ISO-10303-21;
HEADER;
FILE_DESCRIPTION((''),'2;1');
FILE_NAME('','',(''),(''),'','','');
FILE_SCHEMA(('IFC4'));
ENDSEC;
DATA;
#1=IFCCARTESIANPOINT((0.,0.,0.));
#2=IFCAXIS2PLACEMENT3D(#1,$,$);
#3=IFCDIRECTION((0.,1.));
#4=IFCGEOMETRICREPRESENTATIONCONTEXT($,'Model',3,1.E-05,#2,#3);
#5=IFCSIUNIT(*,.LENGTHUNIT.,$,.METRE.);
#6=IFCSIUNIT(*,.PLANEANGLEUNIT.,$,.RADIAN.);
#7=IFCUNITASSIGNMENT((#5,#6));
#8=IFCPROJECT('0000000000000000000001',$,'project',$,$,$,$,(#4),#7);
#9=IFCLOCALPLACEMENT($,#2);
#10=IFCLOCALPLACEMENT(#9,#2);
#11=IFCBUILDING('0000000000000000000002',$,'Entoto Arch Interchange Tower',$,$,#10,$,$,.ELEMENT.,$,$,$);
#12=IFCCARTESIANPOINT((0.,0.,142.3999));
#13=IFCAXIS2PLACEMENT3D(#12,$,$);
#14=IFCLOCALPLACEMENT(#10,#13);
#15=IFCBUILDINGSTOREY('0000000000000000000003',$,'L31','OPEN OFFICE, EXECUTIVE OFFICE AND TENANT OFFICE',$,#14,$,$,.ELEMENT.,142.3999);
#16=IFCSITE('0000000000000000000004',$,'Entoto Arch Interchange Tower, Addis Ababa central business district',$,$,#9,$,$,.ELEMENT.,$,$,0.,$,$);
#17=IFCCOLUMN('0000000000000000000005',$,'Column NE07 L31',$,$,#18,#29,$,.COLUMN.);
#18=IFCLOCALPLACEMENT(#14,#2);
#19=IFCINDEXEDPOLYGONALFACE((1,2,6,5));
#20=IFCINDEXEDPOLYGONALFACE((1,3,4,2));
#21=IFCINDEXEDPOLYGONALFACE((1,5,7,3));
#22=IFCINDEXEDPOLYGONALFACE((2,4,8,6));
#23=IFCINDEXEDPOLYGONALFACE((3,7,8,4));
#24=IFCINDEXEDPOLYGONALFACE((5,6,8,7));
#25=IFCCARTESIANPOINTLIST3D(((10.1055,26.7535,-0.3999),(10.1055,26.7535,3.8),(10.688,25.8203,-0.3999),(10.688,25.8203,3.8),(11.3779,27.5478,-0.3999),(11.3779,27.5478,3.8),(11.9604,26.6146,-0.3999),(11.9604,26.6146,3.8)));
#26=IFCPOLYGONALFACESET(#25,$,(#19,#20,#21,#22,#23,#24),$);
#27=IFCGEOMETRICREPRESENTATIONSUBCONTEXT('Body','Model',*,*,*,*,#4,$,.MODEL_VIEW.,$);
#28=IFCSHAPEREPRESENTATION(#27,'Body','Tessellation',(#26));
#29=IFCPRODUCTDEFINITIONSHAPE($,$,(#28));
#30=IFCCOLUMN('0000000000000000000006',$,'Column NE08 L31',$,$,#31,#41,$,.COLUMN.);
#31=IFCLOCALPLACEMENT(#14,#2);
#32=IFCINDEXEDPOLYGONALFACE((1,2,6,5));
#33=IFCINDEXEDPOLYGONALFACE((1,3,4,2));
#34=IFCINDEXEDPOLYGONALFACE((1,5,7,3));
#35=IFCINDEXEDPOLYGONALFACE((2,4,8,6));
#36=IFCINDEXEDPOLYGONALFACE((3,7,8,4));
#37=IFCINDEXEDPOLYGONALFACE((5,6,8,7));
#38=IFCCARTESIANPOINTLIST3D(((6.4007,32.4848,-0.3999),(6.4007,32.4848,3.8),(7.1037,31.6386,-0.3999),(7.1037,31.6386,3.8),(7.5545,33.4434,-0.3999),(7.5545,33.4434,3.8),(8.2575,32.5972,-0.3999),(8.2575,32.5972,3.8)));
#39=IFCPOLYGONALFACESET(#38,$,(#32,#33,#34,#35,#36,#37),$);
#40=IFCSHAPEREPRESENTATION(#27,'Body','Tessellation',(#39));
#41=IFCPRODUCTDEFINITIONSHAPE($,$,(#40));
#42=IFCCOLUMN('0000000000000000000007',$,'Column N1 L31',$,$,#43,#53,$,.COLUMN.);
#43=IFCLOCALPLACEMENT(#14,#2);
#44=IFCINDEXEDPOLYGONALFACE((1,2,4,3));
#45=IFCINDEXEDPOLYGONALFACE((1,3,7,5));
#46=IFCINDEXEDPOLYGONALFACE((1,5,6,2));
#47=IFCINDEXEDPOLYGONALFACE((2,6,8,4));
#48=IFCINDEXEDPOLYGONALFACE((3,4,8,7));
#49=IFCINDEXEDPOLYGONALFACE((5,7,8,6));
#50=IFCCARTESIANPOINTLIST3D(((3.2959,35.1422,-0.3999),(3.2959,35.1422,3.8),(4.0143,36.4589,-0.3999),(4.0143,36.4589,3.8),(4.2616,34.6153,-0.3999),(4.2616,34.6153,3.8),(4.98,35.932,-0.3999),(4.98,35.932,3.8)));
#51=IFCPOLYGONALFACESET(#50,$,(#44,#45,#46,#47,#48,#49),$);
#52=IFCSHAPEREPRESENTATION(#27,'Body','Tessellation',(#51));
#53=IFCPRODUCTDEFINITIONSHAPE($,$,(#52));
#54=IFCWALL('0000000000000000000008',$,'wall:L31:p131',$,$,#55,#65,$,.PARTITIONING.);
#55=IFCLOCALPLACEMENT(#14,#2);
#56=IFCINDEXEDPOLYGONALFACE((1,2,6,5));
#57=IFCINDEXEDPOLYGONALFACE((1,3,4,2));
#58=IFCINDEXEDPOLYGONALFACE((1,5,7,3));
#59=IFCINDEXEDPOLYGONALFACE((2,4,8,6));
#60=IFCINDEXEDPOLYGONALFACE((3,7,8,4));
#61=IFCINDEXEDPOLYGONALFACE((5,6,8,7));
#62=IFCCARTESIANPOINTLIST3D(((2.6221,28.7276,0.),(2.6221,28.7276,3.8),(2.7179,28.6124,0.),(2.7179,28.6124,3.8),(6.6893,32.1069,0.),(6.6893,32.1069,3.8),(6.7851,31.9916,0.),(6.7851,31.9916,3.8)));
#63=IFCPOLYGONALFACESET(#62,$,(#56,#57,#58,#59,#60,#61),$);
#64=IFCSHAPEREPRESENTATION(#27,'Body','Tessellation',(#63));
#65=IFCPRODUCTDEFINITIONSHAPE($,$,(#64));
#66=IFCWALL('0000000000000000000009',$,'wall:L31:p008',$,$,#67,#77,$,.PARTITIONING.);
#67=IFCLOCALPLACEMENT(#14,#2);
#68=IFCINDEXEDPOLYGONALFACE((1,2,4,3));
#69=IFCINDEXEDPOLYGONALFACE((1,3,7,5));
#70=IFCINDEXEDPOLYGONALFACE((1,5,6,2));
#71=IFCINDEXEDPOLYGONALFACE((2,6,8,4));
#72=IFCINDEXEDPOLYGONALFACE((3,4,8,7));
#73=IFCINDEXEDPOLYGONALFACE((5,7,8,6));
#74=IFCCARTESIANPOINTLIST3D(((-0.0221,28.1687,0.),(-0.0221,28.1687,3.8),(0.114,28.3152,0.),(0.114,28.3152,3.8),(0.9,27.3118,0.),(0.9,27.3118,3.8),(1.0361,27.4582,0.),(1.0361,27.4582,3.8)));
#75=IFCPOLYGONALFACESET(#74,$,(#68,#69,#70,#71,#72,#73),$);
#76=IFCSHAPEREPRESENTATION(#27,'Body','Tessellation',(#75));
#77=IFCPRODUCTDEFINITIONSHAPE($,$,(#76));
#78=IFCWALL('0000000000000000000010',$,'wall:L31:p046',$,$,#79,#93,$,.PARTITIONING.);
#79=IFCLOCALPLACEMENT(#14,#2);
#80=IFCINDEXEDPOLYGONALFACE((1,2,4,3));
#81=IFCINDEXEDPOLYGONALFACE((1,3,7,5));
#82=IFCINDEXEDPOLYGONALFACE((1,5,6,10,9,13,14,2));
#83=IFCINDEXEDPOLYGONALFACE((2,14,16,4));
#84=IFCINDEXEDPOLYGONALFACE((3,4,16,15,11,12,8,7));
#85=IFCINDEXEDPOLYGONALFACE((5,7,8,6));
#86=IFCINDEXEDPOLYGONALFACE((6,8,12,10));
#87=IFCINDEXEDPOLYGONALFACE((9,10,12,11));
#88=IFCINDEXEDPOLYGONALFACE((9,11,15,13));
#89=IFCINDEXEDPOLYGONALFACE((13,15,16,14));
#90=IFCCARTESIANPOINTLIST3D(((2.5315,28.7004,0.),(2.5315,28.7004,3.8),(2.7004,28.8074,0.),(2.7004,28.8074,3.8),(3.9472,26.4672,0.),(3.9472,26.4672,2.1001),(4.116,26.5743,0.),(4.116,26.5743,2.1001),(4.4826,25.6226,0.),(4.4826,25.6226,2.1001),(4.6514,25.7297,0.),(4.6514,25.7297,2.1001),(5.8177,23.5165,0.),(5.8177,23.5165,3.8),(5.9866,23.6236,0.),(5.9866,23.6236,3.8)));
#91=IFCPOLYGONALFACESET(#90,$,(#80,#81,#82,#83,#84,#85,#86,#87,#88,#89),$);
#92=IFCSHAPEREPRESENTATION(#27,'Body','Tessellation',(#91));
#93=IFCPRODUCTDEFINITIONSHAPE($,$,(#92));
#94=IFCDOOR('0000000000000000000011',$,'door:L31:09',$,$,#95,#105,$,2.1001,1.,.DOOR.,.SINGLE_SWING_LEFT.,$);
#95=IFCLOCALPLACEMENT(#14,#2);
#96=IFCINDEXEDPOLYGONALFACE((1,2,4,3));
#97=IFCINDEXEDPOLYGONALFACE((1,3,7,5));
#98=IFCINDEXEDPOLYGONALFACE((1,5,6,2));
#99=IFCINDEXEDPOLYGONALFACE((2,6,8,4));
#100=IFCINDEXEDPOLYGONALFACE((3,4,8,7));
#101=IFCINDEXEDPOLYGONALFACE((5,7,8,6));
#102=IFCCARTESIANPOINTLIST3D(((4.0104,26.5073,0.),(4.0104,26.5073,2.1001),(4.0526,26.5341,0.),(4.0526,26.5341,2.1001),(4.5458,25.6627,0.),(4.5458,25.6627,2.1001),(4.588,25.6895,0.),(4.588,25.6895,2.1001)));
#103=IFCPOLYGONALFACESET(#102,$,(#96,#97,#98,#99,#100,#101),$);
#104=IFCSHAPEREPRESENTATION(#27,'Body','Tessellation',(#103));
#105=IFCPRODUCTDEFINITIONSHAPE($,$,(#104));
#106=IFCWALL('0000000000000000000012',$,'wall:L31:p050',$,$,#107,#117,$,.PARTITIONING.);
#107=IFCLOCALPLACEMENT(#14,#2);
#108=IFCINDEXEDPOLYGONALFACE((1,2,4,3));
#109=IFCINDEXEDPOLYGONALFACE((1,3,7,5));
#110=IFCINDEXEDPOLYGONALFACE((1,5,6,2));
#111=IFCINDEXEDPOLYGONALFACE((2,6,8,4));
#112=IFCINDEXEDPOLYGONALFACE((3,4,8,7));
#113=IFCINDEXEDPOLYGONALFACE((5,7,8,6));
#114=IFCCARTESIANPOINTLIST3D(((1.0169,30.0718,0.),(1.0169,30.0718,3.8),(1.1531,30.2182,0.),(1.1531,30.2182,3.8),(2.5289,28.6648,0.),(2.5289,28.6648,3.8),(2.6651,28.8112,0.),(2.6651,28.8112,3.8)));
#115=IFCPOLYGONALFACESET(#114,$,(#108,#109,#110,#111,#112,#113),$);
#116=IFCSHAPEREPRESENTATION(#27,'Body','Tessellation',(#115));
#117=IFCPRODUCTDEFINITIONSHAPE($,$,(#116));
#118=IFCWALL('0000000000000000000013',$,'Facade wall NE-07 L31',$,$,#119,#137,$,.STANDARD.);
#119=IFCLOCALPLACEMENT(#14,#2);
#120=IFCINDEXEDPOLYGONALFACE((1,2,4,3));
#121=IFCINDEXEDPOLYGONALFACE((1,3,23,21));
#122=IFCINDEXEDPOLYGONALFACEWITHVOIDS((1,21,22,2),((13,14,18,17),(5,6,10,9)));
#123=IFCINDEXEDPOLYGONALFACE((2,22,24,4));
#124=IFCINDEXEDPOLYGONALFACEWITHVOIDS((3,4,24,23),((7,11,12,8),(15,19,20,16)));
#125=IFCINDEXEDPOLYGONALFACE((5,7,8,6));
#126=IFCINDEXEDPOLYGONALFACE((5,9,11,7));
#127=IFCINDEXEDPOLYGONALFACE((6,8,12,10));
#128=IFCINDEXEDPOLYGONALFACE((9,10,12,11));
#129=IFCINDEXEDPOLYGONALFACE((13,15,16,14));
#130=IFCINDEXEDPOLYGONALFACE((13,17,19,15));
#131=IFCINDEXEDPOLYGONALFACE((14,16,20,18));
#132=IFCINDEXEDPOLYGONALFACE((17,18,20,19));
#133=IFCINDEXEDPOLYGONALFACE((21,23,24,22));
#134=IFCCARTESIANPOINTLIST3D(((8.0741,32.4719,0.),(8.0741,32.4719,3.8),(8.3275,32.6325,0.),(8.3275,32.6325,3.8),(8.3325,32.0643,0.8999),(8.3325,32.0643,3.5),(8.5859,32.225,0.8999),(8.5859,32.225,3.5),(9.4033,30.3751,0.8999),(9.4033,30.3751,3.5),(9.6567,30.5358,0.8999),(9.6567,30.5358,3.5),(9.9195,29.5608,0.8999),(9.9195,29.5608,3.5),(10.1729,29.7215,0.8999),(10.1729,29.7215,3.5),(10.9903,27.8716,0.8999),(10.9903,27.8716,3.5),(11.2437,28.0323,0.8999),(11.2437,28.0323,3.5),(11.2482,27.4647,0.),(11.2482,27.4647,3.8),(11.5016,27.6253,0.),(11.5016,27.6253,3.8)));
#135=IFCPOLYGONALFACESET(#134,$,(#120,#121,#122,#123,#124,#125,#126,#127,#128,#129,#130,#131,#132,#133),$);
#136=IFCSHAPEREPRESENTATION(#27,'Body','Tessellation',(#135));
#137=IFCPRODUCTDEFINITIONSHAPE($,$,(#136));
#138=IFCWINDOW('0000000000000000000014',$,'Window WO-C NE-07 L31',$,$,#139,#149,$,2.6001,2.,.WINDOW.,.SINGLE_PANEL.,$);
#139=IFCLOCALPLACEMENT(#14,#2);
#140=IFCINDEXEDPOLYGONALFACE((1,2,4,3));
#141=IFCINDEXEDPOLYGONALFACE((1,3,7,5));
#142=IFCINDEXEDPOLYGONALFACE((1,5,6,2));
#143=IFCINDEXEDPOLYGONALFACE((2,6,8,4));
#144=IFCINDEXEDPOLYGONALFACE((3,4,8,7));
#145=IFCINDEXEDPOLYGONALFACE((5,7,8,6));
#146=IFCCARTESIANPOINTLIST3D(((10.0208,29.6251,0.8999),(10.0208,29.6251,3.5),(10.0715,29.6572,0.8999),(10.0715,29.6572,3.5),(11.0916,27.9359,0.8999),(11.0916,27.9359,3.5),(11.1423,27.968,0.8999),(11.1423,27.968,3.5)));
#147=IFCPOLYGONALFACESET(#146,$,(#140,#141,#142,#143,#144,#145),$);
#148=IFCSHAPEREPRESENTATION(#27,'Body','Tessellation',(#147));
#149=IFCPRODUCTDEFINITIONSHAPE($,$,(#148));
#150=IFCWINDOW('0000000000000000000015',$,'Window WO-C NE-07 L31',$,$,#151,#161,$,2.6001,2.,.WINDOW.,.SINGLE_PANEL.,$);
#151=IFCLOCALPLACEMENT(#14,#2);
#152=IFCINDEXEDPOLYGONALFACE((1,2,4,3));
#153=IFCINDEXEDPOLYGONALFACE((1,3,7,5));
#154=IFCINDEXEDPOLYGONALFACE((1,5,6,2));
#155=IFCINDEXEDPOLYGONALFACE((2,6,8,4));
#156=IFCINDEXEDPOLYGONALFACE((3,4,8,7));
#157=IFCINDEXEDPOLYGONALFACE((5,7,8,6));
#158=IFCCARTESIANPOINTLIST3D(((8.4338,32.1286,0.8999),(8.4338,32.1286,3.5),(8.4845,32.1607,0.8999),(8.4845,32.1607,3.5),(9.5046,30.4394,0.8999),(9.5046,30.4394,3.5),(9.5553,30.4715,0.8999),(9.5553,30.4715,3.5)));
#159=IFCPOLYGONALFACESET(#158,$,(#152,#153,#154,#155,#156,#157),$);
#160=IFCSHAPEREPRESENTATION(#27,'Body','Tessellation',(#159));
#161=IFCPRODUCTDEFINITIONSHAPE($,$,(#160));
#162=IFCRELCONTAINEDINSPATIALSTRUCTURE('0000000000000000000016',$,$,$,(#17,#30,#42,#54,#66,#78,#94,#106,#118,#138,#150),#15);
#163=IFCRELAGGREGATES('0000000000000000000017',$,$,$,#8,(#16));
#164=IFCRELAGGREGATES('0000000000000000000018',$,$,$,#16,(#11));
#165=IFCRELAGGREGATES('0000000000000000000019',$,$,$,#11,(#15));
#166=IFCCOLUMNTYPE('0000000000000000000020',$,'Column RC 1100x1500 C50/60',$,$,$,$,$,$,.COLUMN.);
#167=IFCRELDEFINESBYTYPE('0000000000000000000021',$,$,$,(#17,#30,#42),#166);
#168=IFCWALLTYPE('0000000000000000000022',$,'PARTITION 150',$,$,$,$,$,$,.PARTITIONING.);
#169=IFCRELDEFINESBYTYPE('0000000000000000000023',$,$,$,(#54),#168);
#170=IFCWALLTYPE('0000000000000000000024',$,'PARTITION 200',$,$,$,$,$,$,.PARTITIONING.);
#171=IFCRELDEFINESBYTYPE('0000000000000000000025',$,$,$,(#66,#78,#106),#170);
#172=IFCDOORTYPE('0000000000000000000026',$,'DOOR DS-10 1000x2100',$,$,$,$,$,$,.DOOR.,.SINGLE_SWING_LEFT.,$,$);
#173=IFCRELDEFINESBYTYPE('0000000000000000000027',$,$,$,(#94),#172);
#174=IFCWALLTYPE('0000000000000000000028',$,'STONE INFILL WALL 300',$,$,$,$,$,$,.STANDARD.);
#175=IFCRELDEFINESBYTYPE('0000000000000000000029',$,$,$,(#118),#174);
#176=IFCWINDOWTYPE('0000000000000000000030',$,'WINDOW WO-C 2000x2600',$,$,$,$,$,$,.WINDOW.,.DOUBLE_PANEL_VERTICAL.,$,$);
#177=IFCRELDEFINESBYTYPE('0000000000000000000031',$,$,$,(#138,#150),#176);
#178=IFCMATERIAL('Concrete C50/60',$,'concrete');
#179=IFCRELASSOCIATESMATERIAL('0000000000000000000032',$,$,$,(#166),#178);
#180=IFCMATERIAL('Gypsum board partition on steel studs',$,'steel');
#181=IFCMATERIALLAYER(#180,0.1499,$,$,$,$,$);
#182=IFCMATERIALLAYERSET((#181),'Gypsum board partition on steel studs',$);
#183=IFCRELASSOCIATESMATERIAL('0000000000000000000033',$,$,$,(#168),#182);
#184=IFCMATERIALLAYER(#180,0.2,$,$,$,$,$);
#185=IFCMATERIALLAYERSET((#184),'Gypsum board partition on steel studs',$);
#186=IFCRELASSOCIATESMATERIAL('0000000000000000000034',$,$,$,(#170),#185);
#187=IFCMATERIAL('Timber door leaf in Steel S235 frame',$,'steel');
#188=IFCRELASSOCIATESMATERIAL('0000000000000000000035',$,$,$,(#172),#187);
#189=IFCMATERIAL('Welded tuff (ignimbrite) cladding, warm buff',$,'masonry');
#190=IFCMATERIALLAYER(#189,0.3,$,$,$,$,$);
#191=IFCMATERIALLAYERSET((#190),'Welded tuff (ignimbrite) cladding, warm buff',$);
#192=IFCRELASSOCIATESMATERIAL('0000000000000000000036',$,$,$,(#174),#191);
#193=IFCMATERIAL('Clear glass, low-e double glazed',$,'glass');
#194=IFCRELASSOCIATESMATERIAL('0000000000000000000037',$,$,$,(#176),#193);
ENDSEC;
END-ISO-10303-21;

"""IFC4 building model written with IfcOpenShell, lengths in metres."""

from ifc_helpers import new_model, si_unit, direction, frame, frame_2d, origin, origin_2d, place, context, subcontext, project, spatial, rectangle, extrude, material, layer, layer_set, material_profile, profile_set, type_object, element, fill, save


model = new_model("IFC4")

# Units and contexts
model_context = context("Model", 3, precision=1e-05, world=origin(), true_north=direction((0.0, 1.0)))
body_context = subcontext(model_context, "Body", "Model", "MODEL_VIEW")
ifc_project = project(units=[si_unit("LENGTHUNIT", "METRE"), si_unit("PLANEANGLEUNIT", "RADIAN")], contexts=[model_context])

# Site, building, storey
site_placement = place(None, origin())
site = spatial("IfcSite", under=ifc_project, at=site_placement, Name="Entoto Arch Interchange Tower, Addis Ababa central business district", CompositionType="ELEMENT", RefElevation=0.0)
building_placement = place(site_placement, origin())
building = spatial("IfcBuilding", under=site, at=building_placement, Name="Entoto Arch Interchange Tower", CompositionType="ELEMENT")
storey_placement = place(building_placement, frame((0.0, 0.0, 142.3999)))
storey = spatial("IfcBuildingStorey", under=building, at=storey_placement, Name="L31", Description="OPEN OFFICE, EXECUTIVE OFFICE AND TENANT OFFICE", CompositionType="ELEMENT", Elevation=142.3999)

# Columns
ifc_material_1 = material(Name="Concrete C50/60", Category="concrete")
ifc_material_profile = material_profile(ifc_material_1, rectangle(XDim=1.1001, YDim=1.5, at=origin_2d()))
ifc_profile_set = profile_set([ifc_material_profile], Name="Concrete C50/60")
column_type = type_object("IfcColumnType", Name="Column RC 1100x1500 C50/60", PredefinedType="COLUMN", material=ifc_profile_set)
for number, where, z_axis, x_axis, name in (
    (1, (11.033, 26.6841, -0.3999), (0.0, 0.0, 1.0), (-0.529549, 0.848279, 0.0), "Column NE07 L31"),
    (2, (7.3291, 32.541, -0.3999), (0.0, 0.0, 1.0), (-0.63905, 0.769165, 0.0), "Column NE08 L31"),
    (3, (4.1379, 35.5371, -0.3999), (0.0, 0.0, 1.0), (-0.877833, 0.478968, 0.0), "Column N1 L31"),
):
    element("IfcColumn", number, at=place(storey_placement, frame(where, z_axis=z_axis, x_axis=x_axis)), inside=storey, type_object=column_type, Name=name, PredefinedType="COLUMN", context=body_context, shape_type="SweptSolid", body=[
        extrude(rectangle(XDim=1.1001, YDim=1.5, at=origin_2d()), origin(), (0.0, 0.0, 1.0), 4.2),
    ])

# Walls
ifc_material_2 = material(Name="Gypsum board partition on steel studs", Category="steel")
ifc_layer_1 = layer(ifc_material_2, 0.1499)
ifc_layer_set_1 = layer_set([ifc_layer_1], Name="Gypsum board partition on steel studs")
wall_type_1 = type_object("IfcWallType", Name="PARTITION 150", PredefinedType="PARTITIONING", material=ifc_layer_set_1)
wall_1_placement = place(storey_placement, frame((2.6699, 28.6699, 0.0), z_axis=(0.0, 0.0, 1.0), x_axis=(0.769163, 0.639053, 0.0)))
element("IfcWall", 4, at=wall_1_placement, inside=storey, type_object=wall_type_1, Name="wall:L31:p131", PredefinedType="PARTITIONING", context=body_context, shape_type="SweptSolid", body=[
    extrude(rectangle(XDim=5.2878, YDim=0.1499, at=frame_2d((2.644, 0.0))), origin(), (0.0, 0.0, 1.0), 3.8),
])
ifc_layer_2 = layer(ifc_material_2, 0.2)
ifc_layer_set_2 = layer_set([ifc_layer_2], Name="Gypsum board partition on steel studs")
wall_type_2 = type_object("IfcWallType", Name="PARTITION 200", PredefinedType="PARTITIONING", material=ifc_layer_set_2)
wall_2_placement = place(storey_placement, frame((0.968, 27.385, 0.0), z_axis=(0.0, 0.0, 1.0), x_axis=(-0.732524, 0.680741, 0.0)))
element("IfcWall", 5, at=wall_2_placement, inside=storey, type_object=wall_type_2, Name="wall:L31:p008", PredefinedType="PARTITIONING", context=body_context, shape_type="SweptSolid", body=[
    extrude(rectangle(XDim=1.2588, YDim=0.2, at=frame_2d((0.6294, 0.0))), origin(), (0.0, 0.0, 1.0), 3.8),
])

# Wall, opening, door
wall_3_placement = place(storey_placement, frame((2.616, 28.7539, 0.0), z_axis=(0.0, 0.0, 1.0), x_axis=(0.535405, -0.844595, 0.0)))
wall_3 = element("IfcWall", 6, at=wall_3_placement, inside=storey, type_object=wall_type_2, Name="wall:L31:p046", PredefinedType="PARTITIONING", context=body_context, shape_type="SweptSolid", body=[
    extrude(rectangle(XDim=6.1377, YDim=0.2, at=frame_2d((3.0688, 0.0))), origin(), (0.0, 0.0, 1.0), 3.8),
])
opening_1_placement = place(wall_3_placement, frame((2.644, 0.0, 0.0)))
opening_1 = element("IfcOpeningElement", 7, at=opening_1_placement, cuts=wall_3, PredefinedType="OPENING", context=body_context, shape_type="SweptSolid", body=[
    extrude(rectangle(XDim=1.0, YDim=2.1001, at=frame_2d((0.5, 1.05))), frame((0.0, 0.1099, 0.0), z_axis=(0.0, -1.0, 0.0), x_axis=(1.0, 0.0, 0.0)), (0.0, 0.0, 1.0), 0.22),
])
ifc_material_3 = material(Name="Timber door leaf in Steel S235 frame", Category="steel")
door_type = type_object("IfcDoorType", Name="DOOR DS-10 1000x2100", OperationType="SINGLE_SWING_LEFT", PredefinedType="DOOR", material=ifc_material_3)
door_placement = place(opening_1_placement, origin())
door = element("IfcDoor", 8, at=door_placement, inside=storey, type_object=door_type, Name="door:L31:09", OperationType="SINGLE_SWING_LEFT", OverallHeight=2.1001, OverallWidth=1.0, PredefinedType="DOOR", context=body_context, shape_type="SweptSolid", body=[
    extrude(rectangle(XDim=1.0, YDim=2.1001, at=frame_2d((0.5, 1.05))), frame((0.0, 0.0249, 0.0), z_axis=(0.0, -1.0, 0.0), x_axis=(1.0, 0.0, 0.0)), (0.0, 0.0, 1.0), 0.05),
])
fill(opening_1, door)

# Wall
wall_4_placement = place(storey_placement, frame((1.085, 30.145, 0.0), z_axis=(0.0, 0.0, 1.0), x_axis=(0.732065, -0.681235, 0.0)))
element("IfcWall", 9, at=wall_4_placement, inside=storey, type_object=wall_type_2, Name="wall:L31:p050", PredefinedType="PARTITIONING", context=body_context, shape_type="SweptSolid", body=[
    extrude(rectangle(XDim=2.0654, YDim=0.2, at=frame_2d((1.0327, 0.0))), origin(), (0.0, 0.0, 1.0), 3.8),
])

# Wall, openings, windows
ifc_material_4 = material(Name="Welded tuff (ignimbrite) cladding, warm buff", Category="masonry")
ifc_layer_3 = layer(ifc_material_4, 0.3)
ifc_layer_set_3 = layer_set([ifc_layer_3], Name="Welded tuff (ignimbrite) cladding, warm buff")
wall_type_3 = type_object("IfcWallType", Name="STONE INFILL WALL 300", PredefinedType="STANDARD", material=ifc_layer_set_3)
wall_5_placement = place(storey_placement, frame((11.375, 27.5449, 0.0), z_axis=(0.0, 0.0, 1.0), x_axis=(-0.535404, 0.844596, 0.0)))
wall_5 = element("IfcWall", 10, at=wall_5_placement, inside=storey, type_object=wall_type_3, Name="Facade wall NE-07 L31", PredefinedType="STANDARD", context=body_context, shape_type="SweptSolid", body=[
    extrude(rectangle(XDim=5.9285, YDim=0.3, at=frame_2d((2.9644, 0.0))), origin(), (0.0, 0.0, 1.0), 3.8),
])
opening_2_placement = place(wall_5_placement, frame((0.4819, 0.0, 0.8999)))
opening_2 = element("IfcOpeningElement", 11, at=opening_2_placement, cuts=wall_5, PredefinedType="OPENING", context=body_context, shape_type="SweptSolid", body=[
    extrude(rectangle(XDim=2.0, YDim=2.6001, at=frame_2d((1.0, 1.3))), frame((0.0, 0.1602, 0.0), z_axis=(0.0, -1.0, 0.0), x_axis=(1.0, 0.0, 0.0)), (0.0, 0.0, 1.0), 0.3201),
])
opening_3_placement = place(wall_5_placement, frame((3.446, 0.0, 0.8999)))
opening_3 = element("IfcOpeningElement", 12, at=opening_3_placement, cuts=wall_5, PredefinedType="OPENING", context=body_context, shape_type="SweptSolid", body=[
    extrude(rectangle(XDim=2.0, YDim=2.6001, at=frame_2d((1.0, 1.3))), frame((0.0, 0.1602, 0.0), z_axis=(0.0, -1.0, 0.0), x_axis=(1.0, 0.0, 0.0)), (0.0, 0.0, 1.0), 0.3201),
])
ifc_material_5 = material(Name="Clear glass, low-e double glazed", Category="glass")
window_type_1 = type_object("IfcWindowType", Name="WINDOW WO-C 2000x2600", PartitioningType="DOUBLE_PANEL_VERTICAL", PredefinedType="WINDOW", material=ifc_material_5)
window_1_placement = place(opening_2_placement, origin())
window_1 = element("IfcWindow", 13, at=window_1_placement, inside=storey, type_object=window_type_1, Name="Window WO-C NE-07 L31", OverallHeight=2.6001, OverallWidth=2.0, PartitioningType="SINGLE_PANEL", PredefinedType="WINDOW", context=body_context, shape_type="SweptSolid", body=[
    extrude(rectangle(XDim=2.0, YDim=2.6001, at=frame_2d((1.0, 1.3))), frame((0.0, 0.03, 0.0), z_axis=(0.0, -1.0, 0.0), x_axis=(1.0, 0.0, 0.0)), (0.0, 0.0, 1.0), 0.0601),
])
fill(opening_2, window_1)
window_2_placement = place(opening_3_placement, origin())
window_2 = element("IfcWindow", 14, at=window_2_placement, inside=storey, type_object=window_type_1, Name="Window WO-C NE-07 L31", OverallHeight=2.6001, OverallWidth=2.0, PartitioningType="SINGLE_PANEL", PredefinedType="WINDOW", context=body_context, shape_type="SweptSolid", body=[
    extrude(rectangle(XDim=2.0, YDim=2.6001, at=frame_2d((1.0, 1.3))), frame((0.0, 0.03, 0.0), z_axis=(0.0, -1.0, 0.0), x_axis=(1.0, 0.0, 0.0)), (0.0, 0.0, 1.0), 0.0601),
])
fill(opening_3, window_2)

save(model, "model.ifc")
